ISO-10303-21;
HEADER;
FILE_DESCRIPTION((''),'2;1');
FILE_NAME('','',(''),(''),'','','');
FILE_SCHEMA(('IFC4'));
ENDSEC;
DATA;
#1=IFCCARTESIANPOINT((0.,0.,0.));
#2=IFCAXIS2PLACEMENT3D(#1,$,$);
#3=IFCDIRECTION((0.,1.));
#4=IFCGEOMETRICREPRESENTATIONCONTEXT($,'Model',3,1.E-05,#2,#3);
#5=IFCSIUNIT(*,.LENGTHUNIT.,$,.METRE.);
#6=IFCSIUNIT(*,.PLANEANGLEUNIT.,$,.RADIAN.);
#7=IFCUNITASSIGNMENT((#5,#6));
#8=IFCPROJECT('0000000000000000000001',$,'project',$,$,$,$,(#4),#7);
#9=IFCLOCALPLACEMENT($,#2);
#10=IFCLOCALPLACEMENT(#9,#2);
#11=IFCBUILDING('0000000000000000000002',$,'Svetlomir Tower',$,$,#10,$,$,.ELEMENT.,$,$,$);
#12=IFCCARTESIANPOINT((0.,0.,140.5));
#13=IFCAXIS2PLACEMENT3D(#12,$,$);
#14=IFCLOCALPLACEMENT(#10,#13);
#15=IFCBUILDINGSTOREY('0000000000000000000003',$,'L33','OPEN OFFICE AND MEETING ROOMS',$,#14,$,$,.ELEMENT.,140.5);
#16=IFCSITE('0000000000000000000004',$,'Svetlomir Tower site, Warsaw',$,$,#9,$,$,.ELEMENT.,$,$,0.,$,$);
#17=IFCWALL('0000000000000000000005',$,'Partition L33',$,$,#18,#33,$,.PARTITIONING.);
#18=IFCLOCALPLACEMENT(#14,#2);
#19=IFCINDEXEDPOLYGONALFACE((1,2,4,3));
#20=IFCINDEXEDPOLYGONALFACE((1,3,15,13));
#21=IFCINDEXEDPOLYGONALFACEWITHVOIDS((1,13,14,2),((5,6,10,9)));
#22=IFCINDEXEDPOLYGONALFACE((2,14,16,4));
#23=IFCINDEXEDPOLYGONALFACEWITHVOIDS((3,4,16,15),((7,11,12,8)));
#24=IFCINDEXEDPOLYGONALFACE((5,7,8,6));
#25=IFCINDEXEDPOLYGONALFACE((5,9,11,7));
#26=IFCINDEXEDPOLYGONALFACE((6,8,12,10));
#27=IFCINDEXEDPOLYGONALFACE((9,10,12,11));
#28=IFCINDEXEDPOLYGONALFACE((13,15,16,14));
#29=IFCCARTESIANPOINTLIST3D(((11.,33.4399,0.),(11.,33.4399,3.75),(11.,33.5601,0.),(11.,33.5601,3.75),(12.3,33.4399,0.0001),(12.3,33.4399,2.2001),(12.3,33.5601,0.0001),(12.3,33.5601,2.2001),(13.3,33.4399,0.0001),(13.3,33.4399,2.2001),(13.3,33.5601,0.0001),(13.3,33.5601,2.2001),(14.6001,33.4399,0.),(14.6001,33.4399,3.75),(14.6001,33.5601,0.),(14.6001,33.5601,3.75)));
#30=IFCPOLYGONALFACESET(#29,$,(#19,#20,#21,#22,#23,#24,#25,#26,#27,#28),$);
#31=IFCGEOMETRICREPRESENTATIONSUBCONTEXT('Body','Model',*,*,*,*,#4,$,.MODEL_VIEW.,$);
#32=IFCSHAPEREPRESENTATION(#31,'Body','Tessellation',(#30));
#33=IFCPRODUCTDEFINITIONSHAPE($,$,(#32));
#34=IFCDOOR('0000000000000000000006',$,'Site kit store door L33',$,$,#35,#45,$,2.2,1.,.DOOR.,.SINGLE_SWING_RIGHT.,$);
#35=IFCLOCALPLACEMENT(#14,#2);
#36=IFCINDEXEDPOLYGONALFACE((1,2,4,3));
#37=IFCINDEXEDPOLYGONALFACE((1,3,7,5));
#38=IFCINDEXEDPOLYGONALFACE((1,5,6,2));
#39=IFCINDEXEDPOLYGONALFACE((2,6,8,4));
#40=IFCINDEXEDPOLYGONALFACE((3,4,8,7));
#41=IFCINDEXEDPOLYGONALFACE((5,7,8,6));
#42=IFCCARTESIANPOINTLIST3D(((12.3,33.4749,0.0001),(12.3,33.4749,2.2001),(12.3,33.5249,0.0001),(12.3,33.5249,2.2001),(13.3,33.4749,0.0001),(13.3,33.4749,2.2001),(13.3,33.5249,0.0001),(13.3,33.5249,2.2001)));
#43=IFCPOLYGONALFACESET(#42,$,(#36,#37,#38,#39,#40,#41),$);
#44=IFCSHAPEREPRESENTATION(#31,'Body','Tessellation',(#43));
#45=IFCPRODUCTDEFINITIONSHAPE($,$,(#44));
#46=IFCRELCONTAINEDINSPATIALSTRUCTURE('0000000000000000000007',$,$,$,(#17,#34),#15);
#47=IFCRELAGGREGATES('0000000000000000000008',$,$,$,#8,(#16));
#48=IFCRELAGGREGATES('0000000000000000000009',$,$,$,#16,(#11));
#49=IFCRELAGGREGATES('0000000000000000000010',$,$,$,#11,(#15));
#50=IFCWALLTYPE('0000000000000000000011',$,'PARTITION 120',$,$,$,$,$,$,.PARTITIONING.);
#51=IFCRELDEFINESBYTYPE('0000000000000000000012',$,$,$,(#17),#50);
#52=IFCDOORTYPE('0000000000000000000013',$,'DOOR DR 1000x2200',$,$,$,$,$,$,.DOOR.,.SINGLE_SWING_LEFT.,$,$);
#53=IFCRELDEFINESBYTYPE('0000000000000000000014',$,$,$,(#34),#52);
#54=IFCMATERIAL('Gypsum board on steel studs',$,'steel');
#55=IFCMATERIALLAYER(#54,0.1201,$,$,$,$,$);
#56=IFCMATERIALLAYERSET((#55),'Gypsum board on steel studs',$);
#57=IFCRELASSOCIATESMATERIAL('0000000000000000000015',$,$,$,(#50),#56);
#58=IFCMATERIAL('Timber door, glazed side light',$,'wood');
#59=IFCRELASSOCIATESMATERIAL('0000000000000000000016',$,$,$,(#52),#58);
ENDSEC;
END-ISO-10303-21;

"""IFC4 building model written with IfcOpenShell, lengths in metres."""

from ifc_helpers import new_model, si_unit, direction, frame, frame_2d, origin, place, context, subcontext, project, spatial, rectangle, extrude, material, layer, layer_set, type_object, element, fill, save


model = new_model("IFC4")

# Units and contexts
model_context = context("Model", 3, precision=1e-05, world=origin(), true_north=direction((0.0, 1.0)))
body_context = subcontext(model_context, "Body", "Model", "MODEL_VIEW")
ifc_project = project(units=[si_unit("LENGTHUNIT", "METRE"), si_unit("PLANEANGLEUNIT", "RADIAN")], contexts=[model_context])

# Site, building, storey
site_placement = place(None, origin())
site = spatial("IfcSite", under=ifc_project, at=site_placement, Name="Svetlomir Tower site, Warsaw", CompositionType="ELEMENT", RefElevation=0.0)
building_placement = place(site_placement, origin())
building = spatial("IfcBuilding", under=site, at=building_placement, Name="Svetlomir Tower", CompositionType="ELEMENT")
storey_placement = place(building_placement, frame((0.0, 0.0, 140.5)))
storey = spatial("IfcBuildingStorey", under=building, at=storey_placement, Name="L33", Description="OPEN OFFICE AND MEETING ROOMS", CompositionType="ELEMENT", Elevation=140.5)

# Wall, opening, door
ifc_material_1 = material(Name="Gypsum board on steel studs", Category="steel")
ifc_layer_1 = layer(ifc_material_1, 0.1201)
ifc_layer_set_1 = layer_set([ifc_layer_1], Name="Gypsum board on steel studs")
wall_type = type_object("IfcWallType", Name="PARTITION 120", PredefinedType="PARTITIONING", material=ifc_layer_set_1)
wall_placement = place(storey_placement, frame((11.0, 33.5, 0.0), z_axis=(0.0, 0.0, 1.0), x_axis=(1.0, 0.0, 0.0)))
wall = element("IfcWall", 1, at=wall_placement, inside=storey, type_object=wall_type, Name="Partition L33", PredefinedType="PARTITIONING", context=body_context, shape_type="SweptSolid", body=[
    extrude(rectangle(XDim=3.6001, YDim=0.1201, at=frame_2d((1.8, 0.0))), origin(), (0.0, 0.0, 1.0), 3.75),
])
opening_placement = place(wall_placement, frame((1.3, 0.0, 0.0)))
opening = element("IfcOpeningElement", 2, at=opening_placement, cuts=wall, PredefinedType="OPENING", context=body_context, shape_type="SweptSolid", body=[
    extrude(rectangle(XDim=1.0, YDim=2.2, at=frame_2d((0.5, 1.1001))), frame((0.0, 0.0701, 0.0), z_axis=(0.0, -1.0, 0.0), x_axis=(1.0, 0.0, 0.0)), (0.0, 0.0, 1.0), 0.1401),
])
ifc_material_2 = material(Name="Timber door, glazed side light", Category="wood")
door_type = type_object("IfcDoorType", Name="DOOR DR 1000x2200", OperationType="SINGLE_SWING_LEFT", PredefinedType="DOOR", material=ifc_material_2)
door_placement = place(opening_placement, origin())
door = element("IfcDoor", 3, at=door_placement, inside=storey, type_object=door_type, Name="Site kit store door L33", OperationType="SINGLE_SWING_RIGHT", OverallHeight=2.2, OverallWidth=1.0, PredefinedType="DOOR", context=body_context, shape_type="SweptSolid", body=[
    extrude(rectangle(XDim=1.0, YDim=2.2, at=frame_2d((0.5, 1.1001))), frame((0.0, 0.0249, 0.0), z_axis=(0.0, -1.0, 0.0), x_axis=(1.0, 0.0, 0.0)), (0.0, 0.0, 1.0), 0.05),
])
fill(opening, door)

save(model, "model.ifc")
